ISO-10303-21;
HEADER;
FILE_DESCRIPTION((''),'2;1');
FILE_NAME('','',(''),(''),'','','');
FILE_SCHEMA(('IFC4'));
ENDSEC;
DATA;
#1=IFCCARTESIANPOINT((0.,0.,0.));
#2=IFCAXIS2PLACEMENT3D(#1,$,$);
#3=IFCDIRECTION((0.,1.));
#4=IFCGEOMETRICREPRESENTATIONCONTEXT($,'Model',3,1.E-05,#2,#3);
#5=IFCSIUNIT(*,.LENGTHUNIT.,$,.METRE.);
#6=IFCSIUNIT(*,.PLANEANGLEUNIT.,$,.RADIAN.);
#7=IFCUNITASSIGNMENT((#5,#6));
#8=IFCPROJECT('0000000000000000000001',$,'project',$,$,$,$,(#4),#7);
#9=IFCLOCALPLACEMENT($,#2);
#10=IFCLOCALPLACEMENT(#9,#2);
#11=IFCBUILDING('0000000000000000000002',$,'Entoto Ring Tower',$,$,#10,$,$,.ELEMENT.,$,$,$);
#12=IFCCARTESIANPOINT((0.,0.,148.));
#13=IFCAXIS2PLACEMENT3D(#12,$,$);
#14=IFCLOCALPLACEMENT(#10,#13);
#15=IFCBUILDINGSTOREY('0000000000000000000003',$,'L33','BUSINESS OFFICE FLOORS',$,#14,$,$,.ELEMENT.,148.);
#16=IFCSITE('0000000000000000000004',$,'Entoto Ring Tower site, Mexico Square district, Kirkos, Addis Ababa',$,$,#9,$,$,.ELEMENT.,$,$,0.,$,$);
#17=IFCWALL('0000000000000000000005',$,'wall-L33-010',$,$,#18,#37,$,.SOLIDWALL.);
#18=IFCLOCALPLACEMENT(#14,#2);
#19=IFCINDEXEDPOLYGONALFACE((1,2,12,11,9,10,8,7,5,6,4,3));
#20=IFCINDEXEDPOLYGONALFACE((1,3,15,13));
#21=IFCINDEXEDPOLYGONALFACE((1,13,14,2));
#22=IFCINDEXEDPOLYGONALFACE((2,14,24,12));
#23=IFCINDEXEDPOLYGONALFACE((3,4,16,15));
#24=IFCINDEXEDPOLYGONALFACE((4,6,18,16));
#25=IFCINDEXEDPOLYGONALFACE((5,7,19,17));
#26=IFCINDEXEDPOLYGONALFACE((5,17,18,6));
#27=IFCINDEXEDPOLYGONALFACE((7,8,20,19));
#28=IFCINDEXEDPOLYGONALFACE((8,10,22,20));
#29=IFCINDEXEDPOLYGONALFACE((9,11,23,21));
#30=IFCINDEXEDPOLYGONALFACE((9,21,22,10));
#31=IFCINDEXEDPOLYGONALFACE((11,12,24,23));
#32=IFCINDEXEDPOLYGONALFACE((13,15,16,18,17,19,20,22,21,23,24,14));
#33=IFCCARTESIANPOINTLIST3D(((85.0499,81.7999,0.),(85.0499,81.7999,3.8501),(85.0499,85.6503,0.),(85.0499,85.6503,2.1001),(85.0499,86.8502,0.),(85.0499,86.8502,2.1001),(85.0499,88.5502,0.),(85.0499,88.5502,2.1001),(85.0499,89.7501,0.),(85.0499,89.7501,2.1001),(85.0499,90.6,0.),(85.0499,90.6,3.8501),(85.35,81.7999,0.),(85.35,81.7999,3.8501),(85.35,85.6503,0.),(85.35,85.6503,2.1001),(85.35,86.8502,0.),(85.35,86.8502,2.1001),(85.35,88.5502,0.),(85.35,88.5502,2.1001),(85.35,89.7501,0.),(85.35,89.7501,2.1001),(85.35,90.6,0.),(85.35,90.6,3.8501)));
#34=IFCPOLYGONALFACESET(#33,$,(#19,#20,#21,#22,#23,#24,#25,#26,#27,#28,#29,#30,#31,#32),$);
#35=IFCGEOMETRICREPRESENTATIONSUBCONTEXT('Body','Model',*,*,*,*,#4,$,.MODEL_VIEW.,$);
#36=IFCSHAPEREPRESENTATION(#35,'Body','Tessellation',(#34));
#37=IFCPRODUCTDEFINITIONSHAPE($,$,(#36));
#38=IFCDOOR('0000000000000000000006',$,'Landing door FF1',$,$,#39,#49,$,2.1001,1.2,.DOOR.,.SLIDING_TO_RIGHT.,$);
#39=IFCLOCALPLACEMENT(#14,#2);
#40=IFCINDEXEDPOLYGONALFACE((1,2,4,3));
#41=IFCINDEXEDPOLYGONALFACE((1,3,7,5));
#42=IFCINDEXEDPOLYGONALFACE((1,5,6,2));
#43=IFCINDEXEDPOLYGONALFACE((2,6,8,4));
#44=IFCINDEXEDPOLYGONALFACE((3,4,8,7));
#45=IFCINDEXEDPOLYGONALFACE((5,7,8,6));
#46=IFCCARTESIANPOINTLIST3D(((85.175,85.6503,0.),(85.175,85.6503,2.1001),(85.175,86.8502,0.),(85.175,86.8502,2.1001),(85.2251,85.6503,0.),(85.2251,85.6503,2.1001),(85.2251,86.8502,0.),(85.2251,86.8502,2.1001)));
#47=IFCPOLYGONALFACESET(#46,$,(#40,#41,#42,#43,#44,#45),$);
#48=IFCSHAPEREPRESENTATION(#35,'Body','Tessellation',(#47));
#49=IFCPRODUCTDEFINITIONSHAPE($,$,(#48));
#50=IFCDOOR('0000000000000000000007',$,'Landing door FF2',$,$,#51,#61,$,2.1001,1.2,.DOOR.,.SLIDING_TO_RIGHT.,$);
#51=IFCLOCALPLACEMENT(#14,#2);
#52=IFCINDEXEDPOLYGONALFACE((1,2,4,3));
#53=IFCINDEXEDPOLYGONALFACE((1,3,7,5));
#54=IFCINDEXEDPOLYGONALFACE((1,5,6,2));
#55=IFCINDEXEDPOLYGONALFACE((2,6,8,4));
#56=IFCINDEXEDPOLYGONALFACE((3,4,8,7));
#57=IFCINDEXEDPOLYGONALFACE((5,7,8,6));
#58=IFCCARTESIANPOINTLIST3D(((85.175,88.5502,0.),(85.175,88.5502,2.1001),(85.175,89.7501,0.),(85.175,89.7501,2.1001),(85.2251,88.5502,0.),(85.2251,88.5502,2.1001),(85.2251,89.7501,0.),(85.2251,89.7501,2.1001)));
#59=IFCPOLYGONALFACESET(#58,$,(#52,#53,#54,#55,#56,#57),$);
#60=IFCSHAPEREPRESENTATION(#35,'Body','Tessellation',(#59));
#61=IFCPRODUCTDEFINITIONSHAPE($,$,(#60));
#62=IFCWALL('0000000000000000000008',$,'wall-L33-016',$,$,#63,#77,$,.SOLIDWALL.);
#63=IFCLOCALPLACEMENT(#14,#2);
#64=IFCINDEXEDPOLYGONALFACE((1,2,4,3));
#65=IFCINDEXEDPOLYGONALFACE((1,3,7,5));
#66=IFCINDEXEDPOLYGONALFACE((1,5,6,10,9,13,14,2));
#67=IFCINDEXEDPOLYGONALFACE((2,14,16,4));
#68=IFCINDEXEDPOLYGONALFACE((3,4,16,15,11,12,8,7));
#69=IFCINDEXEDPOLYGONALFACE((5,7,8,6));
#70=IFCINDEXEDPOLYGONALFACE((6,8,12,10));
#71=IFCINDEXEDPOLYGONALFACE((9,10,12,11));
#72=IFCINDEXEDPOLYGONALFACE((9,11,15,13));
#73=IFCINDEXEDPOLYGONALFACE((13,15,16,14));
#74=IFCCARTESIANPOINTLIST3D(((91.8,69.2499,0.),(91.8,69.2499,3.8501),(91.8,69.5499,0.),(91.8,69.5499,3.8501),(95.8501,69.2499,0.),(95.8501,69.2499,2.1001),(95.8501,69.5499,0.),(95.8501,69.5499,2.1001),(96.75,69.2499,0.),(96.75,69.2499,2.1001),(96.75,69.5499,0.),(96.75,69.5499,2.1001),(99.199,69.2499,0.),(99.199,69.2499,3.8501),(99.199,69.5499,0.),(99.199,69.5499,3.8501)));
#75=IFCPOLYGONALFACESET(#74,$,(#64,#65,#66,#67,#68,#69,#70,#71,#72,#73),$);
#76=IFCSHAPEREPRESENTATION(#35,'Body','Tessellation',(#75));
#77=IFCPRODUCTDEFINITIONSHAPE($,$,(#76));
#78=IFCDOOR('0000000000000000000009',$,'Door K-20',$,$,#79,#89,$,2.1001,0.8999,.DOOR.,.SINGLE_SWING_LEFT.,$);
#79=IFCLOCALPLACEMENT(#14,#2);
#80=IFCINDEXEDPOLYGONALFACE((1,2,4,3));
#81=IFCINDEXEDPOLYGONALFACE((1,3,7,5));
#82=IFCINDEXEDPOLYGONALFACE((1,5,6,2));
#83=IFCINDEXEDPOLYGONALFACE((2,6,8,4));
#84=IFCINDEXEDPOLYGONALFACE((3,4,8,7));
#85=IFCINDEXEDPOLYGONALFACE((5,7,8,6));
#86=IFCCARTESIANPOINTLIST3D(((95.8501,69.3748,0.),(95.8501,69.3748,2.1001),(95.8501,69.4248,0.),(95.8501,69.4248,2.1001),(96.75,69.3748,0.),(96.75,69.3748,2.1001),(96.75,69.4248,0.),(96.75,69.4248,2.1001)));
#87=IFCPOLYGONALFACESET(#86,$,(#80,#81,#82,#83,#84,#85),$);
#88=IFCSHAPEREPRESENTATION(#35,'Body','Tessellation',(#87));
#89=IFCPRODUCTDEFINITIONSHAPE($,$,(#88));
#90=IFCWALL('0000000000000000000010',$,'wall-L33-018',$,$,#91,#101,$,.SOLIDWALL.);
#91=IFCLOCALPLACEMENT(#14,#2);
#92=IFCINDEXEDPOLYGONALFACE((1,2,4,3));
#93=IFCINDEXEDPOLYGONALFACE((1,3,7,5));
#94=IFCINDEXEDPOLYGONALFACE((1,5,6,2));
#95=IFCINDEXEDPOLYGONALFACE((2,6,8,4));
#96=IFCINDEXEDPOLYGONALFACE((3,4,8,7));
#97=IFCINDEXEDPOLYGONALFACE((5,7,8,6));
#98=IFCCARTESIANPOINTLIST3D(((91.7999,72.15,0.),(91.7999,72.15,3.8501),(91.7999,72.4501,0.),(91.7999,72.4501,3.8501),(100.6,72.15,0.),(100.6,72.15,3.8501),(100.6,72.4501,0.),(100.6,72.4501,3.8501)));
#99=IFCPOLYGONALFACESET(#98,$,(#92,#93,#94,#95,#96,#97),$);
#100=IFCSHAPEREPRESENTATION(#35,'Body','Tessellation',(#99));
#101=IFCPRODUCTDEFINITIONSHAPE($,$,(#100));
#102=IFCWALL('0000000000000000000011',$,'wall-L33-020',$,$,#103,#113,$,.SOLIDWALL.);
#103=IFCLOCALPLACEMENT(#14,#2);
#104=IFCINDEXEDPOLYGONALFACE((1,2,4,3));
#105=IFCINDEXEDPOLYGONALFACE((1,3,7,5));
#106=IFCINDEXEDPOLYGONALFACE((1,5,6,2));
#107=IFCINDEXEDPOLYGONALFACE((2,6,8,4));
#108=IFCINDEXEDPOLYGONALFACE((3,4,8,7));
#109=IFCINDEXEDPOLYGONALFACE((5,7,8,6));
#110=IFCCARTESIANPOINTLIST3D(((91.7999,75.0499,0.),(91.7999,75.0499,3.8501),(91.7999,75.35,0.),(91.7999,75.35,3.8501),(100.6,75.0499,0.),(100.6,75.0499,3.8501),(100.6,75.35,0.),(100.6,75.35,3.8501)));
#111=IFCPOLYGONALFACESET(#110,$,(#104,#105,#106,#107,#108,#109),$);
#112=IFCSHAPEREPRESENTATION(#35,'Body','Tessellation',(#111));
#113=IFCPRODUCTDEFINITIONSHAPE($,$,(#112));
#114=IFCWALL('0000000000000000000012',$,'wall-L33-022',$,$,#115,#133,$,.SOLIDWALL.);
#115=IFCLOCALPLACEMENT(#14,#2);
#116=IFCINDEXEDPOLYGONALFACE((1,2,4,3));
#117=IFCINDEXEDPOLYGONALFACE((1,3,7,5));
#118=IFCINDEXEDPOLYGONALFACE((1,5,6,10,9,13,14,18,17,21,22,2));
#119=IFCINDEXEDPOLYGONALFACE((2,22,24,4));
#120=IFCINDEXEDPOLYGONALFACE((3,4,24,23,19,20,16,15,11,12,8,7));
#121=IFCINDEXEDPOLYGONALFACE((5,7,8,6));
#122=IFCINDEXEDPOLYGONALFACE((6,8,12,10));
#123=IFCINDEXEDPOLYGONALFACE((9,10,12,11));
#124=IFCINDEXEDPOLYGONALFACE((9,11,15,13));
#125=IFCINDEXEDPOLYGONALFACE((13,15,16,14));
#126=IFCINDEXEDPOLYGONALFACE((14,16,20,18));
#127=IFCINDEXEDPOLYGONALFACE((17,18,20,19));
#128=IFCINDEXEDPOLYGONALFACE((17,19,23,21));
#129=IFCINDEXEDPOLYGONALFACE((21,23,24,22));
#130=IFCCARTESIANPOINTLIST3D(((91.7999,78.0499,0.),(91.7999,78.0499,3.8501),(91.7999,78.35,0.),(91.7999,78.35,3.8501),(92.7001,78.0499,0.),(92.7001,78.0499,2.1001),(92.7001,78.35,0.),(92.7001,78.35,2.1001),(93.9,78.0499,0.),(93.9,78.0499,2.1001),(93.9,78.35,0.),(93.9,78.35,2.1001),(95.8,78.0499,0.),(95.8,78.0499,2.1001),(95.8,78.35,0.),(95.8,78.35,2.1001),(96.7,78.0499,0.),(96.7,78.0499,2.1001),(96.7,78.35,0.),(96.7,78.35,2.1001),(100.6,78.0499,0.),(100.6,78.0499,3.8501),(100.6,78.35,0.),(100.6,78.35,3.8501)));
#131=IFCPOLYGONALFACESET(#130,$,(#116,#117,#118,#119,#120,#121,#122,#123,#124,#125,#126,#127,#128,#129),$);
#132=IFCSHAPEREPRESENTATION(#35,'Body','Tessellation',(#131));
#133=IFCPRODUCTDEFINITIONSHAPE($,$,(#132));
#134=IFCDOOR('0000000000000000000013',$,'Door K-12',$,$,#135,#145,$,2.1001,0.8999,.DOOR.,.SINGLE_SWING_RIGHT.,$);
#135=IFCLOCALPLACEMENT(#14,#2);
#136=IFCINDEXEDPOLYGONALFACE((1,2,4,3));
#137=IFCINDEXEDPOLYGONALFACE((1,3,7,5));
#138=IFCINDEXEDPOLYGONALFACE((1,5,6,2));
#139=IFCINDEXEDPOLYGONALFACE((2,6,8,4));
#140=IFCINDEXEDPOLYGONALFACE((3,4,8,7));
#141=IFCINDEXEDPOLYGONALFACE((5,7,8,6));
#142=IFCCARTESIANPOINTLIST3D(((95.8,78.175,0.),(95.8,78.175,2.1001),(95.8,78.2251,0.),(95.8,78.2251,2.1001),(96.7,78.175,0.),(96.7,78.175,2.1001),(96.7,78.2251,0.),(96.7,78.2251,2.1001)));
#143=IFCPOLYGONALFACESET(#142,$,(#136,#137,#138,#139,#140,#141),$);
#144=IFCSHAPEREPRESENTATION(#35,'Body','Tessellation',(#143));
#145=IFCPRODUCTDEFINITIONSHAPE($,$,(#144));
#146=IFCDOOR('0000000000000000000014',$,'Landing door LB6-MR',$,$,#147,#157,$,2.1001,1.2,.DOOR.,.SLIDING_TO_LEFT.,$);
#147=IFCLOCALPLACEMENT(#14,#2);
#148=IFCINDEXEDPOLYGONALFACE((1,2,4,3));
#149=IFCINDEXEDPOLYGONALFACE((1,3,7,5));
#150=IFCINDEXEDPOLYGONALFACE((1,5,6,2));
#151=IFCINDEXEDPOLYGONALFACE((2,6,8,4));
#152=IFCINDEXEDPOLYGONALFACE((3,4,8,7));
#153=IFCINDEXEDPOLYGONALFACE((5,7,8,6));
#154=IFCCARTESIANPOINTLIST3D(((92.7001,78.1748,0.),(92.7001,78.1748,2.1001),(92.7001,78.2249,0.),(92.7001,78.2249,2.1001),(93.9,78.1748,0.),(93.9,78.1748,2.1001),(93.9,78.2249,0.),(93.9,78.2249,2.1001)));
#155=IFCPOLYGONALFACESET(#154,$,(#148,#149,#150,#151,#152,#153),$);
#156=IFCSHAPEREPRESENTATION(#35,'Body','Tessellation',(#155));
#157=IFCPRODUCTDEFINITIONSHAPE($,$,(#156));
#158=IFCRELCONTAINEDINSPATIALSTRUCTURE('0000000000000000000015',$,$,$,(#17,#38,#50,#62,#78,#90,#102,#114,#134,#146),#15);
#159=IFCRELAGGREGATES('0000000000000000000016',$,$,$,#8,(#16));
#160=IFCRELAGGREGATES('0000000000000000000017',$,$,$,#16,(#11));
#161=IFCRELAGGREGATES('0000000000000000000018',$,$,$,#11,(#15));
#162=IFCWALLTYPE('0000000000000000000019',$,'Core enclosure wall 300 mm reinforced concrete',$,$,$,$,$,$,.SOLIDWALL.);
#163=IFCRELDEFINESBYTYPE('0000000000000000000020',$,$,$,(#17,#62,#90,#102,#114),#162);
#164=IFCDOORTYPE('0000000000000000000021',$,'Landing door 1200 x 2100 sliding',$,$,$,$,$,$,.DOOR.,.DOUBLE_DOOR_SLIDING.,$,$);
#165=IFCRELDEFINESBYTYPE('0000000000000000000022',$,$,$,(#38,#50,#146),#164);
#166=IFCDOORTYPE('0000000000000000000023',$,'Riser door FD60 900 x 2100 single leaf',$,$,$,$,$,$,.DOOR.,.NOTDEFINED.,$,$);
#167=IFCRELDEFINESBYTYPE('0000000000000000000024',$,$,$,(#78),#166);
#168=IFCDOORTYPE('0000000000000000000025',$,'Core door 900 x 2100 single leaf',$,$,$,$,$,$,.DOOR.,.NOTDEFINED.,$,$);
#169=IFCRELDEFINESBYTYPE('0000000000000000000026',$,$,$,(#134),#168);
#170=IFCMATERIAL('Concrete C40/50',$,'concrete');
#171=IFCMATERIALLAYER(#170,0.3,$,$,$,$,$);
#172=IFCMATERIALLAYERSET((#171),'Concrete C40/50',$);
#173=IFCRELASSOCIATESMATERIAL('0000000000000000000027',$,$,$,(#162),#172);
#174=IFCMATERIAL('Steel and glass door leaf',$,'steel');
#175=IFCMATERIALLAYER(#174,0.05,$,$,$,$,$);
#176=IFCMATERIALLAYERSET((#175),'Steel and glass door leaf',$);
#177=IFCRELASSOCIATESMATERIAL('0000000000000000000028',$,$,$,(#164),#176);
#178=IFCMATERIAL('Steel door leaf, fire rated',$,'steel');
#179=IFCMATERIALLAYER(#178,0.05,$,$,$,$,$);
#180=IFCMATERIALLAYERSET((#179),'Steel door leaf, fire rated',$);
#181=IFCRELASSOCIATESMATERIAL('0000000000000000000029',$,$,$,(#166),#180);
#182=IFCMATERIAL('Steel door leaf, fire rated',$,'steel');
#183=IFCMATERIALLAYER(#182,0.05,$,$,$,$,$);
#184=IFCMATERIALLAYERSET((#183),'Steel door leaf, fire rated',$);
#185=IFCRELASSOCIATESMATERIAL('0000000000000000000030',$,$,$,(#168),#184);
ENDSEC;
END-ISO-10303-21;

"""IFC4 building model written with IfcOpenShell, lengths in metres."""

from ifc_helpers import new_model, si_unit, direction, frame, frame_2d, origin, place, context, subcontext, project, spatial, rectangle, extrude, material, layer, layer_set, type_object, element, fill, save


model = new_model("IFC4")

# Units and contexts
model_context = context("Model", 3, precision=1e-05, world=origin(), true_north=direction((0.0, 1.0)))
body_context = subcontext(model_context, "Body", "Model", "MODEL_VIEW")
ifc_project = project(units=[si_unit("LENGTHUNIT", "METRE"), si_unit("PLANEANGLEUNIT", "RADIAN")], contexts=[model_context])

# Site, building, storey
site_placement = place(None, origin())
site = spatial("IfcSite", under=ifc_project, at=site_placement, Name="Entoto Ring Tower site, Mexico Square district, Kirkos, Addis Ababa", CompositionType="ELEMENT", RefElevation=0.0)
building_placement = place(site_placement, origin())
building = spatial("IfcBuilding", under=site, at=building_placement, Name="Entoto Ring Tower", CompositionType="ELEMENT")
storey_placement = place(building_placement, frame((0.0, 0.0, 148.0)))
storey = spatial("IfcBuildingStorey", under=building, at=storey_placement, Name="L33", Description="BUSINESS OFFICE FLOORS", CompositionType="ELEMENT", Elevation=148.0)

# Shared definitions
ifc_material_1 = material(Name="Concrete C40/50", Category="concrete")
ifc_layer_1 = layer(ifc_material_1, 0.3)
ifc_layer_set_1 = layer_set([ifc_layer_1], Name="Concrete C40/50")
wall_type = type_object("IfcWallType", Name="Core enclosure wall 300 mm reinforced concrete", PredefinedType="SOLIDWALL", material=ifc_layer_set_1)

# Shared definitions
ifc_material_2 = material(Name="Steel and glass door leaf", Category="steel")
ifc_layer_2 = layer(ifc_material_2, 0.05)
ifc_layer_set_2 = layer_set([ifc_layer_2], Name="Steel and glass door leaf")
door_type_1 = type_object("IfcDoorType", Name="Landing door 1200 x 2100 sliding", OperationType="DOUBLE_DOOR_SLIDING", PredefinedType="DOOR", material=ifc_layer_set_2)

# Wall, openings, doors
wall_1_placement = place(storey_placement, frame((85.2, 81.8, 0.0), z_axis=(0.0, 0.0, 1.0), x_axis=(0.0, 1.0, 0.0)))
wall_1 = element("IfcWall", 1, at=wall_1_placement, inside=storey, type_object=wall_type, Name="wall-L33-010", PredefinedType="SOLIDWALL", context=body_context, shape_type="SweptSolid", body=[
    extrude(rectangle(XDim=8.8, YDim=0.3, at=frame_2d((4.3999, 0.0))), origin(), (0.0, 0.0, 1.0), 3.8501),
])
opening_1_placement = place(wall_1_placement, frame((3.8501, 0.0, 0.0)))
opening_1 = element("IfcOpeningElement", 2, at=opening_1_placement, cuts=wall_1, PredefinedType="OPENING", context=body_context, shape_type="SweptSolid", body=[
    extrude(rectangle(XDim=1.2, YDim=2.1001, at=frame_2d((0.6001, 1.05))), frame((0.0, 0.1602, 0.0), z_axis=(0.0, -1.0, 0.0), x_axis=(1.0, 0.0, 0.0)), (0.0, 0.0, 1.0), 0.3201),
])
opening_2_placement = place(wall_1_placement, frame((6.75, 0.0, 0.0)))
opening_2 = element("IfcOpeningElement", 3, at=opening_2_placement, cuts=wall_1, PredefinedType="OPENING", context=body_context, shape_type="SweptSolid", body=[
    extrude(rectangle(XDim=1.2, YDim=2.1001, at=frame_2d((0.6001, 1.05))), frame((0.0, 0.1602, 0.0), z_axis=(0.0, -1.0, 0.0), x_axis=(1.0, 0.0, 0.0)), (0.0, 0.0, 1.0), 0.3201),
])
door_1_placement = place(opening_1_placement, origin())
door_1 = element("IfcDoor", 4, at=door_1_placement, inside=storey, type_object=door_type_1, Name="Landing door FF1", OperationType="SLIDING_TO_RIGHT", OverallHeight=2.1001, OverallWidth=1.2, PredefinedType="DOOR", context=body_context, shape_type="SweptSolid", body=[
    extrude(rectangle(XDim=1.2, YDim=2.1001, at=frame_2d((0.6001, 1.05))), frame((0.0, 0.0249, 0.0), z_axis=(0.0, -1.0, 0.0), x_axis=(1.0, 0.0, 0.0)), (0.0, 0.0, 1.0), 0.05),
])
fill(opening_1, door_1)
door_2_placement = place(opening_2_placement, origin())
door_2 = element("IfcDoor", 5, at=door_2_placement, inside=storey, type_object=door_type_1, Name="Landing door FF2", OperationType="SLIDING_TO_RIGHT", OverallHeight=2.1001, OverallWidth=1.2, PredefinedType="DOOR", context=body_context, shape_type="SweptSolid", body=[
    extrude(rectangle(XDim=1.2, YDim=2.1001, at=frame_2d((0.6001, 1.05))), frame((0.0, 0.0249, 0.0), z_axis=(0.0, -1.0, 0.0), x_axis=(1.0, 0.0, 0.0)), (0.0, 0.0, 1.0), 0.05),
])
fill(opening_2, door_2)

# Wall, opening, door
wall_2_placement = place(storey_placement, frame((91.8, 69.3999, 0.0), z_axis=(0.0, 0.0, 1.0), x_axis=(1.0, 0.0, 0.0)))
wall_2 = element("IfcWall", 6, at=wall_2_placement, inside=storey, type_object=wall_type, Name="wall-L33-016", PredefinedType="SOLIDWALL", context=body_context, shape_type="SweptSolid", body=[
    extrude(rectangle(XDim=7.3989, YDim=0.3, at=frame_2d((3.6995, 0.0))), origin(), (0.0, 0.0, 1.0), 3.8501),
])
opening_3_placement = place(wall_2_placement, frame((4.05, 0.0, 0.0)))
opening_3 = element("IfcOpeningElement", 7, at=opening_3_placement, cuts=wall_2, PredefinedType="OPENING", context=body_context, shape_type="SweptSolid", body=[
    extrude(rectangle(XDim=0.8999, YDim=2.1001, at=frame_2d((0.45, 1.05))), frame((0.0, 0.1602, 0.0), z_axis=(0.0, -1.0, 0.0), x_axis=(1.0, 0.0, 0.0)), (0.0, 0.0, 1.0), 0.3201),
])
ifc_material_3 = material(Name="Steel door leaf, fire rated", Category="steel")
ifc_layer_3 = layer(ifc_material_3, 0.05)
ifc_layer_set_3 = layer_set([ifc_layer_3], Name="Steel door leaf, fire rated")
door_type_2 = type_object("IfcDoorType", Name="Riser door FD60 900 x 2100 single leaf", OperationType="NOTDEFINED", PredefinedType="DOOR", material=ifc_layer_set_3)
door_3_placement = place(opening_3_placement, origin())
door_3 = element("IfcDoor", 8, at=door_3_placement, inside=storey, type_object=door_type_2, Name="Door K-20", OperationType="SINGLE_SWING_LEFT", OverallHeight=2.1001, OverallWidth=0.8999, PredefinedType="DOOR", context=body_context, shape_type="SweptSolid", body=[
    extrude(rectangle(XDim=0.8999, YDim=2.1001, at=frame_2d((0.45, 1.05))), frame((0.0, 0.0249, 0.0), z_axis=(0.0, -1.0, 0.0), x_axis=(1.0, 0.0, 0.0)), (0.0, 0.0, 1.0), 0.05),
])
fill(opening_3, door_3)

# Walls
for number, where, z_axis, x_axis, name in (
    (9, (91.8, 72.3, 0.0), (0.0, 0.0, 1.0), (1.0, 0.0, 0.0), "wall-L33-018"),
    (10, (91.8, 75.2, 0.0), (0.0, 0.0, 1.0), (1.0, 0.0, 0.0), "wall-L33-020"),
):
    element("IfcWall", number, at=place(storey_placement, frame(where, z_axis=z_axis, x_axis=x_axis)), inside=storey, type_object=wall_type, Name=name, PredefinedType="SOLIDWALL", context=body_context, shape_type="SweptSolid", body=[
        extrude(rectangle(XDim=8.8, YDim=0.3, at=frame_2d((4.3999, 0.0))), origin(), (0.0, 0.0, 1.0), 3.8501),
    ])

# Wall, openings, doors
wall_3_placement = place(storey_placement, frame((91.8, 78.2, 0.0), z_axis=(0.0, 0.0, 1.0), x_axis=(1.0, 0.0, 0.0)))
wall_3 = element("IfcWall", 11, at=wall_3_placement, inside=storey, type_object=wall_type, Name="wall-L33-022", PredefinedType="SOLIDWALL", context=body_context, shape_type="SweptSolid", body=[
    extrude(rectangle(XDim=8.8, YDim=0.3, at=frame_2d((4.3999, 0.0))), origin(), (0.0, 0.0, 1.0), 3.8501),
])
opening_4_placement = place(wall_3_placement, frame((0.8999, 0.0, 0.0)))
opening_4 = element("IfcOpeningElement", 12, at=opening_4_placement, cuts=wall_3, PredefinedType="OPENING", context=body_context, shape_type="SweptSolid", body=[
    extrude(rectangle(XDim=1.2, YDim=2.1001, at=frame_2d((0.6001, 1.05))), frame((0.0, 0.1602, 0.0), z_axis=(0.0, -1.0, 0.0), x_axis=(1.0, 0.0, 0.0)), (0.0, 0.0, 1.0), 0.3201),
])
opening_5_placement = place(wall_3_placement, frame((4.0, 0.0, 0.0)))
opening_5 = element("IfcOpeningElement", 13, at=opening_5_placement, cuts=wall_3, PredefinedType="OPENING", context=body_context, shape_type="SweptSolid", body=[
    extrude(rectangle(XDim=0.8999, YDim=2.1001, at=frame_2d((0.45, 1.05))), frame((0.0, 0.1602, 0.0), z_axis=(0.0, -1.0, 0.0), x_axis=(1.0, 0.0, 0.0)), (0.0, 0.0, 1.0), 0.3201),
])
ifc_material_4 = material(Name="Steel door leaf, fire rated", Category="steel")
ifc_layer_4 = layer(ifc_material_4, 0.05)
ifc_layer_set_4 = layer_set([ifc_layer_4], Name="Steel door leaf, fire rated")
door_type_3 = type_object("IfcDoorType", Name="Core door 900 x 2100 single leaf", OperationType="NOTDEFINED", PredefinedType="DOOR", material=ifc_layer_set_4)
door_4_placement = place(opening_5_placement, frame((0.8999, 0.0, 0.0), z_axis=(0.0, 0.0, 1.0), x_axis=(-1.0, 0.0, 0.0)))
door_4 = element("IfcDoor", 14, at=door_4_placement, inside=storey, type_object=door_type_3, Name="Door K-12", OperationType="SINGLE_SWING_RIGHT", OverallHeight=2.1001, OverallWidth=0.8999, PredefinedType="DOOR", context=body_context, shape_type="SweptSolid", body=[
    extrude(rectangle(XDim=0.8999, YDim=2.1001, at=frame_2d((0.45, 1.05))), frame((0.0, 0.0249, 0.0), z_axis=(0.0, -1.0, 0.0), x_axis=(1.0, 0.0, 0.0)), (0.0, 0.0, 1.0), 0.05),
])
fill(opening_5, door_4)
door_5_placement = place(opening_4_placement, origin())
door_5 = element("IfcDoor", 15, at=door_5_placement, inside=storey, type_object=door_type_1, Name="Landing door LB6-MR", OperationType="SLIDING_TO_LEFT", OverallHeight=2.1001, OverallWidth=1.2, PredefinedType="DOOR", context=body_context, shape_type="SweptSolid", body=[
    extrude(rectangle(XDim=1.2, YDim=2.1001, at=frame_2d((0.6001, 1.05))), frame((0.0, 0.0249, 0.0), z_axis=(0.0, -1.0, 0.0), x_axis=(1.0, 0.0, 0.0)), (0.0, 0.0, 1.0), 0.05),
])
fill(opening_4, door_5)

save(model, "model.ifc")
